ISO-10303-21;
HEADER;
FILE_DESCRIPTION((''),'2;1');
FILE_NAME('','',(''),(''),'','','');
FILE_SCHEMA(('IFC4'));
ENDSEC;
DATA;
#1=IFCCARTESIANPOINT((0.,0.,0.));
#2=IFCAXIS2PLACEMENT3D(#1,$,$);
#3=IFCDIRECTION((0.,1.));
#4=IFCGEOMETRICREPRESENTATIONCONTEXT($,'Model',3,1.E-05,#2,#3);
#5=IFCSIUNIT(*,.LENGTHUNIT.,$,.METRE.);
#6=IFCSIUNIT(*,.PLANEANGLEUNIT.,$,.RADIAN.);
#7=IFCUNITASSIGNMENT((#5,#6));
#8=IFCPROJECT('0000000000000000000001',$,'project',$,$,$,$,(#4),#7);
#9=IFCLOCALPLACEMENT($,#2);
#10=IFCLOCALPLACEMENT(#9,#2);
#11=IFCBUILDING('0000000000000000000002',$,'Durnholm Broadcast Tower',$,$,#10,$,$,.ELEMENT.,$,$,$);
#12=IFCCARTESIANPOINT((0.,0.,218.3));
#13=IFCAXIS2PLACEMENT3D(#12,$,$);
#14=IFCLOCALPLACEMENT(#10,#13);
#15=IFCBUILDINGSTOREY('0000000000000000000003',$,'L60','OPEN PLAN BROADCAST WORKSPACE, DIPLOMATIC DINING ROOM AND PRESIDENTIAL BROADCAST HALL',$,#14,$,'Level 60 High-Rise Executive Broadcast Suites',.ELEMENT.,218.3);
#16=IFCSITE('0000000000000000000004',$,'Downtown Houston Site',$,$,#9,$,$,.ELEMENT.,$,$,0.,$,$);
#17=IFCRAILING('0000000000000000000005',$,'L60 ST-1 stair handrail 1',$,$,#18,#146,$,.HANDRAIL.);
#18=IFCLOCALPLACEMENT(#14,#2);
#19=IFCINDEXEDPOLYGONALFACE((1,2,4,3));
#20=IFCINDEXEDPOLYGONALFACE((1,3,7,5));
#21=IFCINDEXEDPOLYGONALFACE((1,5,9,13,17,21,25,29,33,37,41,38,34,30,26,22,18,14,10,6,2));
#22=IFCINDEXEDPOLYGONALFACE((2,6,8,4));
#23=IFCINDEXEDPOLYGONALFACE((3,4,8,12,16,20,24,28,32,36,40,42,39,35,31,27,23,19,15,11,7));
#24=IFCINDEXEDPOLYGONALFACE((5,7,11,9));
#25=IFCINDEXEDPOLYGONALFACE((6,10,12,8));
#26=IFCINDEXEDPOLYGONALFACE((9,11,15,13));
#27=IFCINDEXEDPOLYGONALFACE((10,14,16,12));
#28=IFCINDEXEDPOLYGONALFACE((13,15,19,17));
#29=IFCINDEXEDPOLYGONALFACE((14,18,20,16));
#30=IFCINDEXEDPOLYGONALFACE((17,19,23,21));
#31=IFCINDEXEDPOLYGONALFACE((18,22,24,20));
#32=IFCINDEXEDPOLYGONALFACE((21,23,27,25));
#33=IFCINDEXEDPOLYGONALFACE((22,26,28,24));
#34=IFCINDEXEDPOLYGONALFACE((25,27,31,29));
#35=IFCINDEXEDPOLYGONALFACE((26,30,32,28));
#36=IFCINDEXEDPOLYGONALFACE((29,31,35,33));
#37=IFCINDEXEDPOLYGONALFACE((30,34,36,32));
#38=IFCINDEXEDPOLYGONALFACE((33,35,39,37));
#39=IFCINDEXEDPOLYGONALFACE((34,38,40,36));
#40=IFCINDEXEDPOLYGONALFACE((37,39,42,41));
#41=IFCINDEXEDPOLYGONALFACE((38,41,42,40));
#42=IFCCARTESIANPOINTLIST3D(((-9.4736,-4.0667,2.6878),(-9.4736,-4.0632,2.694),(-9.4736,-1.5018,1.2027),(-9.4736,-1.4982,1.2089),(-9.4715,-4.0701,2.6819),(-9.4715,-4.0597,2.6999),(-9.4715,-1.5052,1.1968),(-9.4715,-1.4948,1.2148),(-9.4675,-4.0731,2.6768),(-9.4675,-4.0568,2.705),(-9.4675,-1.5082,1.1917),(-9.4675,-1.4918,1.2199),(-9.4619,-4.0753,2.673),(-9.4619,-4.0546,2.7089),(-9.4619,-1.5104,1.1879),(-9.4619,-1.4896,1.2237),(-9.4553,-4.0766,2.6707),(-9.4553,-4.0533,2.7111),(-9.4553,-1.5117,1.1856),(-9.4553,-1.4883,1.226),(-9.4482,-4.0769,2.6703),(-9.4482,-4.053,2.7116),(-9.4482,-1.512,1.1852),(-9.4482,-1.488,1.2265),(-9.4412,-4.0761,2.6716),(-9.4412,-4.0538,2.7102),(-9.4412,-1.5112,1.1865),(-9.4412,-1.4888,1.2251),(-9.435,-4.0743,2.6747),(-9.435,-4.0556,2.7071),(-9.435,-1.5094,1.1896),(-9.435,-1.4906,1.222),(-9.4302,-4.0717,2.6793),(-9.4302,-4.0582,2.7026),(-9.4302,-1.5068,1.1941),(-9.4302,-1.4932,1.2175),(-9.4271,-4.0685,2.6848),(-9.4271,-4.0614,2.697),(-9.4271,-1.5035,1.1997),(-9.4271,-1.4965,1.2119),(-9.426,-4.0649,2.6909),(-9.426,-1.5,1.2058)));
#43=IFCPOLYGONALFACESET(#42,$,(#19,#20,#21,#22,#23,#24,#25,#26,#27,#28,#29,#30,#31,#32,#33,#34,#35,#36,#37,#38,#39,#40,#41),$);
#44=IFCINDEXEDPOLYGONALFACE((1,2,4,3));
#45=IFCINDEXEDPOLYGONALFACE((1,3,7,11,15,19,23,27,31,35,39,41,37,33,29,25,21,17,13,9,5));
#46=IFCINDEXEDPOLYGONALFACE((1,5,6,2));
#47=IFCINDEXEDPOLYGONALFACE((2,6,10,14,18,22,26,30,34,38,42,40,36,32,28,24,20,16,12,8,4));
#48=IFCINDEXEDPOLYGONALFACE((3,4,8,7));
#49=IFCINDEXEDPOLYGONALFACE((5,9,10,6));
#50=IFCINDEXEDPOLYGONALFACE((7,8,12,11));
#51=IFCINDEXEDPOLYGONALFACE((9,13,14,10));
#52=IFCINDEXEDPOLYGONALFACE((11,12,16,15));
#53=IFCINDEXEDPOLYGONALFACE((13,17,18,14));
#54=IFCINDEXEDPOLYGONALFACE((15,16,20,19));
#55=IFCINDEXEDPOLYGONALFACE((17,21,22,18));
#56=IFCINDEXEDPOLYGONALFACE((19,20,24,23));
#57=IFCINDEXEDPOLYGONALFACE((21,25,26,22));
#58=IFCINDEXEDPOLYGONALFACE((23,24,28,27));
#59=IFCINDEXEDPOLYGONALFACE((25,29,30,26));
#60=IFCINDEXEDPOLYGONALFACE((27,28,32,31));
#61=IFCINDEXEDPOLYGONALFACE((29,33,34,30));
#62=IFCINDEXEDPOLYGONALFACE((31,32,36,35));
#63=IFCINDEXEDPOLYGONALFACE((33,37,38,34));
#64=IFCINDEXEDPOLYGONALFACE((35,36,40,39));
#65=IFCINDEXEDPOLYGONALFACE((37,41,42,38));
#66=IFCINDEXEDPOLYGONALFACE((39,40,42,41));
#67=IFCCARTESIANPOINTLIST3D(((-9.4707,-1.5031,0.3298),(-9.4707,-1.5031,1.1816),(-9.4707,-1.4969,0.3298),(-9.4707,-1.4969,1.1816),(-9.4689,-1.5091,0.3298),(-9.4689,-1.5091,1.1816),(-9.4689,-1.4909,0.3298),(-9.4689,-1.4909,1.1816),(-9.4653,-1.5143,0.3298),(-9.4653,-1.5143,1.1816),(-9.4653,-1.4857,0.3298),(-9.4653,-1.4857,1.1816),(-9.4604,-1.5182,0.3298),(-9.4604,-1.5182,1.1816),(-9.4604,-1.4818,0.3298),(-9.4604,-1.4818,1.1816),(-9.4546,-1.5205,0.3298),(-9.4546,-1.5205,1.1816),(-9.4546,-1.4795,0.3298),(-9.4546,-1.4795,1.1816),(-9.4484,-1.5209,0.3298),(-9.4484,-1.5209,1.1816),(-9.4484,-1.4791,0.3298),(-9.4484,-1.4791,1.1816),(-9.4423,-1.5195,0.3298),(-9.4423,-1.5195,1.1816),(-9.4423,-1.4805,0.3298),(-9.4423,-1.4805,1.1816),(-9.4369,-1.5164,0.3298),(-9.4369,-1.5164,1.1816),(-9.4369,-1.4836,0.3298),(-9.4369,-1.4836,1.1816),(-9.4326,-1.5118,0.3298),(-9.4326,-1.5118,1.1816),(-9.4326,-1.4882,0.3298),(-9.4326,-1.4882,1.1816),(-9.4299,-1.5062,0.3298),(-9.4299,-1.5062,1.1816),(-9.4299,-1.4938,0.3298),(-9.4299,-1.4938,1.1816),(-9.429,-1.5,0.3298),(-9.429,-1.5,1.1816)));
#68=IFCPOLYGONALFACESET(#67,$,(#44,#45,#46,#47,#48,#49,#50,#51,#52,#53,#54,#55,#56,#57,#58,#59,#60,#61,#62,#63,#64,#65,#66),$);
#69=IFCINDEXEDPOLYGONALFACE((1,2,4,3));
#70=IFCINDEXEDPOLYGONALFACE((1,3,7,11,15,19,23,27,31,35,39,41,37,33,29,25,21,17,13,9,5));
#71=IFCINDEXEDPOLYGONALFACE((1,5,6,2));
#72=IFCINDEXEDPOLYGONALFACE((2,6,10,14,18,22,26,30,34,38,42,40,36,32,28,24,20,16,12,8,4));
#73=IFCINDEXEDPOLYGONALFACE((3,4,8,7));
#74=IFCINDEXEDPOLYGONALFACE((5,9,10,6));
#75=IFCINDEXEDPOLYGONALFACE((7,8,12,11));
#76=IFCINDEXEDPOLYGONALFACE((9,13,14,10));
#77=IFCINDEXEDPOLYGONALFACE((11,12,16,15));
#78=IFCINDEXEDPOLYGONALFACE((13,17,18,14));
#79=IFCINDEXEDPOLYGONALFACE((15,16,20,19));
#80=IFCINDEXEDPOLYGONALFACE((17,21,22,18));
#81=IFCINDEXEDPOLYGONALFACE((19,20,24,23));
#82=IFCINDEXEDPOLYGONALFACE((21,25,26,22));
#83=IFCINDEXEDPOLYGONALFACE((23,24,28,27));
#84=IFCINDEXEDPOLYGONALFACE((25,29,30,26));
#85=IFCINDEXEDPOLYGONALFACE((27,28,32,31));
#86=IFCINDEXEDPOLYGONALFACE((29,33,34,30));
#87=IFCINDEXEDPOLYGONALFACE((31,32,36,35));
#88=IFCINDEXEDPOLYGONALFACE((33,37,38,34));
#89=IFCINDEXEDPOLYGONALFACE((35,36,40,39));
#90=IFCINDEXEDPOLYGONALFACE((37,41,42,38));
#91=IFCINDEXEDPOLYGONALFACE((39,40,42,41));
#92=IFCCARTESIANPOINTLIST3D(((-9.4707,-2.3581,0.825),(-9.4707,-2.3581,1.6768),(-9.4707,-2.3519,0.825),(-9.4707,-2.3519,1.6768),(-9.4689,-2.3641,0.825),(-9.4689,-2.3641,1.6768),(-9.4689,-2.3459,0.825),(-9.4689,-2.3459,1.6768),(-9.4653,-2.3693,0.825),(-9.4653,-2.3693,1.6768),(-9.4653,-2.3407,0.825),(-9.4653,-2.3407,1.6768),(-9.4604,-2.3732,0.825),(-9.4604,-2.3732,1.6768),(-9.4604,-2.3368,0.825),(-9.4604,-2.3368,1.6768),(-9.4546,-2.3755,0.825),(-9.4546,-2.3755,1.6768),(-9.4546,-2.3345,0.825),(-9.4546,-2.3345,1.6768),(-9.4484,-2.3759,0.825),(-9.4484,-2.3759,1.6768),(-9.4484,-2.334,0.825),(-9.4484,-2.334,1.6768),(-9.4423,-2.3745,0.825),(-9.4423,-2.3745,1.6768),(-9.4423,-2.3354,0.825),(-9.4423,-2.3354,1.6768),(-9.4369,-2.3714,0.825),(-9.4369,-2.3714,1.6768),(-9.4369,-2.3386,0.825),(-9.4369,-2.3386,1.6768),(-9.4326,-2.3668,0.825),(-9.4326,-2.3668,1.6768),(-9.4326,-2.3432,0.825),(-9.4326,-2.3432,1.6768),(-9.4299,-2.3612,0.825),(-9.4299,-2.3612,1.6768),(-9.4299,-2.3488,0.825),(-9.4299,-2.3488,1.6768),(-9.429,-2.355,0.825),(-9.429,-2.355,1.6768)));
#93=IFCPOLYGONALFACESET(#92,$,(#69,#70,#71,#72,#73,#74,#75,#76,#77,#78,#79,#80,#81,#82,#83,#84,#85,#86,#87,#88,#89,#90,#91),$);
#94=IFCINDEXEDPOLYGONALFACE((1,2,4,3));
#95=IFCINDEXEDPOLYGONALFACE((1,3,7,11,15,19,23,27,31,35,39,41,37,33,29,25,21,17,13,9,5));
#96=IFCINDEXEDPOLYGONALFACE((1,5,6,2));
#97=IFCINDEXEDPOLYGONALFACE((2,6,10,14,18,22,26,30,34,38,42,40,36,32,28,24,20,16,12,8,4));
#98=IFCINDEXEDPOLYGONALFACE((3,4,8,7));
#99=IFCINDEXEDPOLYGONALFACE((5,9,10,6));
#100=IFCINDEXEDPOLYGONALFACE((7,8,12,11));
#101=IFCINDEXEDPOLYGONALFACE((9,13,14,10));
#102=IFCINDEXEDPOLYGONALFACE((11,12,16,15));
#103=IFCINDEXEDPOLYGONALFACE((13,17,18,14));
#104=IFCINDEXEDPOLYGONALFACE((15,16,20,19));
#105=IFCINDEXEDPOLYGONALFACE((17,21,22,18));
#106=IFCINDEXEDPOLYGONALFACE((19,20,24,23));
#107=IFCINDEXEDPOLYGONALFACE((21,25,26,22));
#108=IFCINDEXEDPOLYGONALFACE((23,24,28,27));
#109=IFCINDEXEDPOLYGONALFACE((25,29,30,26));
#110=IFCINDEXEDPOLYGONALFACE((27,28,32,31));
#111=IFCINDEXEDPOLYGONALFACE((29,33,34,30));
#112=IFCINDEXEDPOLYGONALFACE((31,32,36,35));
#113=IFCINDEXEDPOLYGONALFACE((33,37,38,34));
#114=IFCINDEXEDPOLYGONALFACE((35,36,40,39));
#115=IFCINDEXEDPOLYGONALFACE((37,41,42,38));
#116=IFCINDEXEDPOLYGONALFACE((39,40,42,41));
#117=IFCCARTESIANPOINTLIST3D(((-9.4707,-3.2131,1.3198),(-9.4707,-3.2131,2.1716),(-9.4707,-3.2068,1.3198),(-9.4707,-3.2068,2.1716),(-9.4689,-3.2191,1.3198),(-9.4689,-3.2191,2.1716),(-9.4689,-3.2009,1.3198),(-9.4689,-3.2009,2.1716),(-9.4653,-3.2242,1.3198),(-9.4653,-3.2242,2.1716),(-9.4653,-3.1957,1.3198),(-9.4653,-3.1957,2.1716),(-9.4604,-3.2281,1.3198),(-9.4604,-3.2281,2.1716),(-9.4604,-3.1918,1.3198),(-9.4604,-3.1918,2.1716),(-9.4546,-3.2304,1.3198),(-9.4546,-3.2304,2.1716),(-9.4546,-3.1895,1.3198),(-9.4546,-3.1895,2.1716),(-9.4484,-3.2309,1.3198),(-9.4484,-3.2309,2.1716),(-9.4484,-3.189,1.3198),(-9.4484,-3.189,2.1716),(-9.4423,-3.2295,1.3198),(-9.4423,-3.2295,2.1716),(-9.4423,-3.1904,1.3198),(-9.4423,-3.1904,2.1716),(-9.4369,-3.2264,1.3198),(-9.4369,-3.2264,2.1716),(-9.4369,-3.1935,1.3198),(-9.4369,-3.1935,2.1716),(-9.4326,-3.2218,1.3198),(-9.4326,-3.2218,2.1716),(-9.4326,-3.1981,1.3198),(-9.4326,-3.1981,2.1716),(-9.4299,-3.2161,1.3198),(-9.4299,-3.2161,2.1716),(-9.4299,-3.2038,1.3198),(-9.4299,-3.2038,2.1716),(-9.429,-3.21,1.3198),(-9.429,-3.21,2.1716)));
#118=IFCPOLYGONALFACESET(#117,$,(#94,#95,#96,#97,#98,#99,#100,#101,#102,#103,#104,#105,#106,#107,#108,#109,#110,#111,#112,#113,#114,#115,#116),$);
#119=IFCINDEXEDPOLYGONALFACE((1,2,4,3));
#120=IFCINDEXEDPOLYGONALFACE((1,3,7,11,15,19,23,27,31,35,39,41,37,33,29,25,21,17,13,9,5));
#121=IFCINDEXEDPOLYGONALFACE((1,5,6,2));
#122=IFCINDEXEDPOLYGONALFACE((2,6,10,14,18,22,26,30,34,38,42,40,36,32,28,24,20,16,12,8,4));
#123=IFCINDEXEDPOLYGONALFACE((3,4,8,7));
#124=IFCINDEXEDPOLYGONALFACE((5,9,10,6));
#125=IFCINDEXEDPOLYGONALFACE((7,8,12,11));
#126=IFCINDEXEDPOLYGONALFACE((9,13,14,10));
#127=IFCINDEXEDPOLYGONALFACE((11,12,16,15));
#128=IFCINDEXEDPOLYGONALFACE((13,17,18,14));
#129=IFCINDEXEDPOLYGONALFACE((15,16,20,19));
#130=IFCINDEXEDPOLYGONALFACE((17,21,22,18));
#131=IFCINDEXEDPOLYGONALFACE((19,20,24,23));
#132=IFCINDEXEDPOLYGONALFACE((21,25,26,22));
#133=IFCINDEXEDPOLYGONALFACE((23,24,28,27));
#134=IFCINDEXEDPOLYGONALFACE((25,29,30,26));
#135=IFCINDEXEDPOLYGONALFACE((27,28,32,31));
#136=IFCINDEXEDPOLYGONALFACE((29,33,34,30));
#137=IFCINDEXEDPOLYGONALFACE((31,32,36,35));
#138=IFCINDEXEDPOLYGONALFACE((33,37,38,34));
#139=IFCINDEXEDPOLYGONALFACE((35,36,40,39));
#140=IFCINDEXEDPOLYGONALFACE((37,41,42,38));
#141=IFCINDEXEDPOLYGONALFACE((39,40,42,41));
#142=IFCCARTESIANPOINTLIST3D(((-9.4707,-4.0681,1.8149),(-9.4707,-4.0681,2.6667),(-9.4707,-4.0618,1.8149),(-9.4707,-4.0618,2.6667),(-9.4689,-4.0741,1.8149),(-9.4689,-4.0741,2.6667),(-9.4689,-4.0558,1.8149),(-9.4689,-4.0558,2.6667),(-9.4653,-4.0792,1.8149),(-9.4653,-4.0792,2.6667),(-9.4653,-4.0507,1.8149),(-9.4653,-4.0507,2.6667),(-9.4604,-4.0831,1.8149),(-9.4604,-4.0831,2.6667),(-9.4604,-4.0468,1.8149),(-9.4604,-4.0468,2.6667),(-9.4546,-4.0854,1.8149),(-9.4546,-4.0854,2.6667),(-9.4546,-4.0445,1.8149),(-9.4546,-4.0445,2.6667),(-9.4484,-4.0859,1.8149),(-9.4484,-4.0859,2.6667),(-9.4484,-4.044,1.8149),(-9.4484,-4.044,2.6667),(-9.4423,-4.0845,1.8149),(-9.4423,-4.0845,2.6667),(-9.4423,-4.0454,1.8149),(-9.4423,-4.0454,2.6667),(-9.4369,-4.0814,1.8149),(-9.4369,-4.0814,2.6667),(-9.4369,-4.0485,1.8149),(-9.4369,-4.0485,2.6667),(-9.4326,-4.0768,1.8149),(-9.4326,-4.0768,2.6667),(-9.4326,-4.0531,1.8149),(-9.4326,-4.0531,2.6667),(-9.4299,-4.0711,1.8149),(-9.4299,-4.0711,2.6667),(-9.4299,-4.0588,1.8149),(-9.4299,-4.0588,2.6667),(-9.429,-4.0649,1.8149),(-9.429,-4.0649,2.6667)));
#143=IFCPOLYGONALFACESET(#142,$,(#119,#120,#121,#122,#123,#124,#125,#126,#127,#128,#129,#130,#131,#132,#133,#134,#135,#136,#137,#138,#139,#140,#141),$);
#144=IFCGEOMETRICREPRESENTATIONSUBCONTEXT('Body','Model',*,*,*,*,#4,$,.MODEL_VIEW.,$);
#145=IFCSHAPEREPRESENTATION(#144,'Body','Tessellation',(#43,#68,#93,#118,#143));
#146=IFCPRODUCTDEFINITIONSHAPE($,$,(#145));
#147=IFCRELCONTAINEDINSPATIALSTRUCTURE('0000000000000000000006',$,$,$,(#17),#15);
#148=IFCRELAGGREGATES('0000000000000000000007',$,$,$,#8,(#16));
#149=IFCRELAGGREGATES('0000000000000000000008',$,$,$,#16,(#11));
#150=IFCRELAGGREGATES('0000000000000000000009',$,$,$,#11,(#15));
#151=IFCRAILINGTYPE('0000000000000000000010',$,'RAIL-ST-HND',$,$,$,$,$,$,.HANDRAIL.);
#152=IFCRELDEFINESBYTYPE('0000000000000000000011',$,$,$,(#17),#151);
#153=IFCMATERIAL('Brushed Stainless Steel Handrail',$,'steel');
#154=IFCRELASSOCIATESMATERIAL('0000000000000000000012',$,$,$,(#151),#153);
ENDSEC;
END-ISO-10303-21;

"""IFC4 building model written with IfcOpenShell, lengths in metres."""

from ifc_helpers import new_model, si_unit, direction, frame, origin, origin_2d, place, context, subcontext, project, spatial, circle, extrude, material, type_object, element, save


model = new_model("IFC4")

# Units and contexts
model_context = context("Model", 3, precision=1e-05, world=origin(), true_north=direction((0.0, 1.0)))
body_context = subcontext(model_context, "Body", "Model", "MODEL_VIEW")
ifc_project = project(units=[si_unit("LENGTHUNIT", "METRE"), si_unit("PLANEANGLEUNIT", "RADIAN")], contexts=[model_context])

# Site, building, storey
site_placement = place(None, origin())
site = spatial("IfcSite", under=ifc_project, at=site_placement, Name="Downtown Houston Site", CompositionType="ELEMENT", RefElevation=0.0)
building_placement = place(site_placement, origin())
building = spatial("IfcBuilding", under=site, at=building_placement, Name="Durnholm Broadcast Tower", CompositionType="ELEMENT")
storey_placement = place(building_placement, frame((0.0, 0.0, 218.3)))
storey = spatial("IfcBuildingStorey", under=building, at=storey_placement, Name="L60", Description="OPEN PLAN BROADCAST WORKSPACE, DIPLOMATIC DINING ROOM AND PRESIDENTIAL BROADCAST HALL", LongName="Level 60 High-Rise Executive Broadcast Suites", CompositionType="ELEMENT", Elevation=218.3)

# Railing
ifc_material_1 = material(Name="Brushed Stainless Steel Handrail", Category="steel")
railing_type_1 = type_object("IfcRailingType", Name="RAIL-ST-HND", PredefinedType="HANDRAIL", material=ifc_material_1)
railing_1_placement = place(storey_placement, frame((-9.45, -1.5, 0.3298)))
element("IfcRailing", 1, at=railing_1_placement, inside=storey, type_object=railing_type_1, Name="L60 ST-1 stair handrail 1", PredefinedType="HANDRAIL", context=body_context, shape_type="SweptSolid", body=[
    extrude(circle(Radius=0.0239, at=origin_2d()), frame((0.0, 0.0, 0.876), z_axis=(0.0, -0.865406, 0.501072), x_axis=(1.0, 0.0, 0.0)), (0.0, 0.0, 1.0), 2.9639),
    extrude(circle(Radius=0.021, at=origin_2d()), origin(), (0.0, 0.0, 1.0), 0.8518),
    extrude(circle(Radius=0.021, at=origin_2d()), frame((0.0, -0.855, 0.4951)), (0.0, 0.0, 1.0), 0.8518),
    extrude(circle(Radius=0.021, at=origin_2d()), frame((0.0, -1.71, 0.99)), (0.0, 0.0, 1.0), 0.8518),
    extrude(circle(Radius=0.021, at=origin_2d()), frame((0.0, -2.5649, 1.4851)), (0.0, 0.0, 1.0), 0.8518),
])

save(model, "model.ifc")
